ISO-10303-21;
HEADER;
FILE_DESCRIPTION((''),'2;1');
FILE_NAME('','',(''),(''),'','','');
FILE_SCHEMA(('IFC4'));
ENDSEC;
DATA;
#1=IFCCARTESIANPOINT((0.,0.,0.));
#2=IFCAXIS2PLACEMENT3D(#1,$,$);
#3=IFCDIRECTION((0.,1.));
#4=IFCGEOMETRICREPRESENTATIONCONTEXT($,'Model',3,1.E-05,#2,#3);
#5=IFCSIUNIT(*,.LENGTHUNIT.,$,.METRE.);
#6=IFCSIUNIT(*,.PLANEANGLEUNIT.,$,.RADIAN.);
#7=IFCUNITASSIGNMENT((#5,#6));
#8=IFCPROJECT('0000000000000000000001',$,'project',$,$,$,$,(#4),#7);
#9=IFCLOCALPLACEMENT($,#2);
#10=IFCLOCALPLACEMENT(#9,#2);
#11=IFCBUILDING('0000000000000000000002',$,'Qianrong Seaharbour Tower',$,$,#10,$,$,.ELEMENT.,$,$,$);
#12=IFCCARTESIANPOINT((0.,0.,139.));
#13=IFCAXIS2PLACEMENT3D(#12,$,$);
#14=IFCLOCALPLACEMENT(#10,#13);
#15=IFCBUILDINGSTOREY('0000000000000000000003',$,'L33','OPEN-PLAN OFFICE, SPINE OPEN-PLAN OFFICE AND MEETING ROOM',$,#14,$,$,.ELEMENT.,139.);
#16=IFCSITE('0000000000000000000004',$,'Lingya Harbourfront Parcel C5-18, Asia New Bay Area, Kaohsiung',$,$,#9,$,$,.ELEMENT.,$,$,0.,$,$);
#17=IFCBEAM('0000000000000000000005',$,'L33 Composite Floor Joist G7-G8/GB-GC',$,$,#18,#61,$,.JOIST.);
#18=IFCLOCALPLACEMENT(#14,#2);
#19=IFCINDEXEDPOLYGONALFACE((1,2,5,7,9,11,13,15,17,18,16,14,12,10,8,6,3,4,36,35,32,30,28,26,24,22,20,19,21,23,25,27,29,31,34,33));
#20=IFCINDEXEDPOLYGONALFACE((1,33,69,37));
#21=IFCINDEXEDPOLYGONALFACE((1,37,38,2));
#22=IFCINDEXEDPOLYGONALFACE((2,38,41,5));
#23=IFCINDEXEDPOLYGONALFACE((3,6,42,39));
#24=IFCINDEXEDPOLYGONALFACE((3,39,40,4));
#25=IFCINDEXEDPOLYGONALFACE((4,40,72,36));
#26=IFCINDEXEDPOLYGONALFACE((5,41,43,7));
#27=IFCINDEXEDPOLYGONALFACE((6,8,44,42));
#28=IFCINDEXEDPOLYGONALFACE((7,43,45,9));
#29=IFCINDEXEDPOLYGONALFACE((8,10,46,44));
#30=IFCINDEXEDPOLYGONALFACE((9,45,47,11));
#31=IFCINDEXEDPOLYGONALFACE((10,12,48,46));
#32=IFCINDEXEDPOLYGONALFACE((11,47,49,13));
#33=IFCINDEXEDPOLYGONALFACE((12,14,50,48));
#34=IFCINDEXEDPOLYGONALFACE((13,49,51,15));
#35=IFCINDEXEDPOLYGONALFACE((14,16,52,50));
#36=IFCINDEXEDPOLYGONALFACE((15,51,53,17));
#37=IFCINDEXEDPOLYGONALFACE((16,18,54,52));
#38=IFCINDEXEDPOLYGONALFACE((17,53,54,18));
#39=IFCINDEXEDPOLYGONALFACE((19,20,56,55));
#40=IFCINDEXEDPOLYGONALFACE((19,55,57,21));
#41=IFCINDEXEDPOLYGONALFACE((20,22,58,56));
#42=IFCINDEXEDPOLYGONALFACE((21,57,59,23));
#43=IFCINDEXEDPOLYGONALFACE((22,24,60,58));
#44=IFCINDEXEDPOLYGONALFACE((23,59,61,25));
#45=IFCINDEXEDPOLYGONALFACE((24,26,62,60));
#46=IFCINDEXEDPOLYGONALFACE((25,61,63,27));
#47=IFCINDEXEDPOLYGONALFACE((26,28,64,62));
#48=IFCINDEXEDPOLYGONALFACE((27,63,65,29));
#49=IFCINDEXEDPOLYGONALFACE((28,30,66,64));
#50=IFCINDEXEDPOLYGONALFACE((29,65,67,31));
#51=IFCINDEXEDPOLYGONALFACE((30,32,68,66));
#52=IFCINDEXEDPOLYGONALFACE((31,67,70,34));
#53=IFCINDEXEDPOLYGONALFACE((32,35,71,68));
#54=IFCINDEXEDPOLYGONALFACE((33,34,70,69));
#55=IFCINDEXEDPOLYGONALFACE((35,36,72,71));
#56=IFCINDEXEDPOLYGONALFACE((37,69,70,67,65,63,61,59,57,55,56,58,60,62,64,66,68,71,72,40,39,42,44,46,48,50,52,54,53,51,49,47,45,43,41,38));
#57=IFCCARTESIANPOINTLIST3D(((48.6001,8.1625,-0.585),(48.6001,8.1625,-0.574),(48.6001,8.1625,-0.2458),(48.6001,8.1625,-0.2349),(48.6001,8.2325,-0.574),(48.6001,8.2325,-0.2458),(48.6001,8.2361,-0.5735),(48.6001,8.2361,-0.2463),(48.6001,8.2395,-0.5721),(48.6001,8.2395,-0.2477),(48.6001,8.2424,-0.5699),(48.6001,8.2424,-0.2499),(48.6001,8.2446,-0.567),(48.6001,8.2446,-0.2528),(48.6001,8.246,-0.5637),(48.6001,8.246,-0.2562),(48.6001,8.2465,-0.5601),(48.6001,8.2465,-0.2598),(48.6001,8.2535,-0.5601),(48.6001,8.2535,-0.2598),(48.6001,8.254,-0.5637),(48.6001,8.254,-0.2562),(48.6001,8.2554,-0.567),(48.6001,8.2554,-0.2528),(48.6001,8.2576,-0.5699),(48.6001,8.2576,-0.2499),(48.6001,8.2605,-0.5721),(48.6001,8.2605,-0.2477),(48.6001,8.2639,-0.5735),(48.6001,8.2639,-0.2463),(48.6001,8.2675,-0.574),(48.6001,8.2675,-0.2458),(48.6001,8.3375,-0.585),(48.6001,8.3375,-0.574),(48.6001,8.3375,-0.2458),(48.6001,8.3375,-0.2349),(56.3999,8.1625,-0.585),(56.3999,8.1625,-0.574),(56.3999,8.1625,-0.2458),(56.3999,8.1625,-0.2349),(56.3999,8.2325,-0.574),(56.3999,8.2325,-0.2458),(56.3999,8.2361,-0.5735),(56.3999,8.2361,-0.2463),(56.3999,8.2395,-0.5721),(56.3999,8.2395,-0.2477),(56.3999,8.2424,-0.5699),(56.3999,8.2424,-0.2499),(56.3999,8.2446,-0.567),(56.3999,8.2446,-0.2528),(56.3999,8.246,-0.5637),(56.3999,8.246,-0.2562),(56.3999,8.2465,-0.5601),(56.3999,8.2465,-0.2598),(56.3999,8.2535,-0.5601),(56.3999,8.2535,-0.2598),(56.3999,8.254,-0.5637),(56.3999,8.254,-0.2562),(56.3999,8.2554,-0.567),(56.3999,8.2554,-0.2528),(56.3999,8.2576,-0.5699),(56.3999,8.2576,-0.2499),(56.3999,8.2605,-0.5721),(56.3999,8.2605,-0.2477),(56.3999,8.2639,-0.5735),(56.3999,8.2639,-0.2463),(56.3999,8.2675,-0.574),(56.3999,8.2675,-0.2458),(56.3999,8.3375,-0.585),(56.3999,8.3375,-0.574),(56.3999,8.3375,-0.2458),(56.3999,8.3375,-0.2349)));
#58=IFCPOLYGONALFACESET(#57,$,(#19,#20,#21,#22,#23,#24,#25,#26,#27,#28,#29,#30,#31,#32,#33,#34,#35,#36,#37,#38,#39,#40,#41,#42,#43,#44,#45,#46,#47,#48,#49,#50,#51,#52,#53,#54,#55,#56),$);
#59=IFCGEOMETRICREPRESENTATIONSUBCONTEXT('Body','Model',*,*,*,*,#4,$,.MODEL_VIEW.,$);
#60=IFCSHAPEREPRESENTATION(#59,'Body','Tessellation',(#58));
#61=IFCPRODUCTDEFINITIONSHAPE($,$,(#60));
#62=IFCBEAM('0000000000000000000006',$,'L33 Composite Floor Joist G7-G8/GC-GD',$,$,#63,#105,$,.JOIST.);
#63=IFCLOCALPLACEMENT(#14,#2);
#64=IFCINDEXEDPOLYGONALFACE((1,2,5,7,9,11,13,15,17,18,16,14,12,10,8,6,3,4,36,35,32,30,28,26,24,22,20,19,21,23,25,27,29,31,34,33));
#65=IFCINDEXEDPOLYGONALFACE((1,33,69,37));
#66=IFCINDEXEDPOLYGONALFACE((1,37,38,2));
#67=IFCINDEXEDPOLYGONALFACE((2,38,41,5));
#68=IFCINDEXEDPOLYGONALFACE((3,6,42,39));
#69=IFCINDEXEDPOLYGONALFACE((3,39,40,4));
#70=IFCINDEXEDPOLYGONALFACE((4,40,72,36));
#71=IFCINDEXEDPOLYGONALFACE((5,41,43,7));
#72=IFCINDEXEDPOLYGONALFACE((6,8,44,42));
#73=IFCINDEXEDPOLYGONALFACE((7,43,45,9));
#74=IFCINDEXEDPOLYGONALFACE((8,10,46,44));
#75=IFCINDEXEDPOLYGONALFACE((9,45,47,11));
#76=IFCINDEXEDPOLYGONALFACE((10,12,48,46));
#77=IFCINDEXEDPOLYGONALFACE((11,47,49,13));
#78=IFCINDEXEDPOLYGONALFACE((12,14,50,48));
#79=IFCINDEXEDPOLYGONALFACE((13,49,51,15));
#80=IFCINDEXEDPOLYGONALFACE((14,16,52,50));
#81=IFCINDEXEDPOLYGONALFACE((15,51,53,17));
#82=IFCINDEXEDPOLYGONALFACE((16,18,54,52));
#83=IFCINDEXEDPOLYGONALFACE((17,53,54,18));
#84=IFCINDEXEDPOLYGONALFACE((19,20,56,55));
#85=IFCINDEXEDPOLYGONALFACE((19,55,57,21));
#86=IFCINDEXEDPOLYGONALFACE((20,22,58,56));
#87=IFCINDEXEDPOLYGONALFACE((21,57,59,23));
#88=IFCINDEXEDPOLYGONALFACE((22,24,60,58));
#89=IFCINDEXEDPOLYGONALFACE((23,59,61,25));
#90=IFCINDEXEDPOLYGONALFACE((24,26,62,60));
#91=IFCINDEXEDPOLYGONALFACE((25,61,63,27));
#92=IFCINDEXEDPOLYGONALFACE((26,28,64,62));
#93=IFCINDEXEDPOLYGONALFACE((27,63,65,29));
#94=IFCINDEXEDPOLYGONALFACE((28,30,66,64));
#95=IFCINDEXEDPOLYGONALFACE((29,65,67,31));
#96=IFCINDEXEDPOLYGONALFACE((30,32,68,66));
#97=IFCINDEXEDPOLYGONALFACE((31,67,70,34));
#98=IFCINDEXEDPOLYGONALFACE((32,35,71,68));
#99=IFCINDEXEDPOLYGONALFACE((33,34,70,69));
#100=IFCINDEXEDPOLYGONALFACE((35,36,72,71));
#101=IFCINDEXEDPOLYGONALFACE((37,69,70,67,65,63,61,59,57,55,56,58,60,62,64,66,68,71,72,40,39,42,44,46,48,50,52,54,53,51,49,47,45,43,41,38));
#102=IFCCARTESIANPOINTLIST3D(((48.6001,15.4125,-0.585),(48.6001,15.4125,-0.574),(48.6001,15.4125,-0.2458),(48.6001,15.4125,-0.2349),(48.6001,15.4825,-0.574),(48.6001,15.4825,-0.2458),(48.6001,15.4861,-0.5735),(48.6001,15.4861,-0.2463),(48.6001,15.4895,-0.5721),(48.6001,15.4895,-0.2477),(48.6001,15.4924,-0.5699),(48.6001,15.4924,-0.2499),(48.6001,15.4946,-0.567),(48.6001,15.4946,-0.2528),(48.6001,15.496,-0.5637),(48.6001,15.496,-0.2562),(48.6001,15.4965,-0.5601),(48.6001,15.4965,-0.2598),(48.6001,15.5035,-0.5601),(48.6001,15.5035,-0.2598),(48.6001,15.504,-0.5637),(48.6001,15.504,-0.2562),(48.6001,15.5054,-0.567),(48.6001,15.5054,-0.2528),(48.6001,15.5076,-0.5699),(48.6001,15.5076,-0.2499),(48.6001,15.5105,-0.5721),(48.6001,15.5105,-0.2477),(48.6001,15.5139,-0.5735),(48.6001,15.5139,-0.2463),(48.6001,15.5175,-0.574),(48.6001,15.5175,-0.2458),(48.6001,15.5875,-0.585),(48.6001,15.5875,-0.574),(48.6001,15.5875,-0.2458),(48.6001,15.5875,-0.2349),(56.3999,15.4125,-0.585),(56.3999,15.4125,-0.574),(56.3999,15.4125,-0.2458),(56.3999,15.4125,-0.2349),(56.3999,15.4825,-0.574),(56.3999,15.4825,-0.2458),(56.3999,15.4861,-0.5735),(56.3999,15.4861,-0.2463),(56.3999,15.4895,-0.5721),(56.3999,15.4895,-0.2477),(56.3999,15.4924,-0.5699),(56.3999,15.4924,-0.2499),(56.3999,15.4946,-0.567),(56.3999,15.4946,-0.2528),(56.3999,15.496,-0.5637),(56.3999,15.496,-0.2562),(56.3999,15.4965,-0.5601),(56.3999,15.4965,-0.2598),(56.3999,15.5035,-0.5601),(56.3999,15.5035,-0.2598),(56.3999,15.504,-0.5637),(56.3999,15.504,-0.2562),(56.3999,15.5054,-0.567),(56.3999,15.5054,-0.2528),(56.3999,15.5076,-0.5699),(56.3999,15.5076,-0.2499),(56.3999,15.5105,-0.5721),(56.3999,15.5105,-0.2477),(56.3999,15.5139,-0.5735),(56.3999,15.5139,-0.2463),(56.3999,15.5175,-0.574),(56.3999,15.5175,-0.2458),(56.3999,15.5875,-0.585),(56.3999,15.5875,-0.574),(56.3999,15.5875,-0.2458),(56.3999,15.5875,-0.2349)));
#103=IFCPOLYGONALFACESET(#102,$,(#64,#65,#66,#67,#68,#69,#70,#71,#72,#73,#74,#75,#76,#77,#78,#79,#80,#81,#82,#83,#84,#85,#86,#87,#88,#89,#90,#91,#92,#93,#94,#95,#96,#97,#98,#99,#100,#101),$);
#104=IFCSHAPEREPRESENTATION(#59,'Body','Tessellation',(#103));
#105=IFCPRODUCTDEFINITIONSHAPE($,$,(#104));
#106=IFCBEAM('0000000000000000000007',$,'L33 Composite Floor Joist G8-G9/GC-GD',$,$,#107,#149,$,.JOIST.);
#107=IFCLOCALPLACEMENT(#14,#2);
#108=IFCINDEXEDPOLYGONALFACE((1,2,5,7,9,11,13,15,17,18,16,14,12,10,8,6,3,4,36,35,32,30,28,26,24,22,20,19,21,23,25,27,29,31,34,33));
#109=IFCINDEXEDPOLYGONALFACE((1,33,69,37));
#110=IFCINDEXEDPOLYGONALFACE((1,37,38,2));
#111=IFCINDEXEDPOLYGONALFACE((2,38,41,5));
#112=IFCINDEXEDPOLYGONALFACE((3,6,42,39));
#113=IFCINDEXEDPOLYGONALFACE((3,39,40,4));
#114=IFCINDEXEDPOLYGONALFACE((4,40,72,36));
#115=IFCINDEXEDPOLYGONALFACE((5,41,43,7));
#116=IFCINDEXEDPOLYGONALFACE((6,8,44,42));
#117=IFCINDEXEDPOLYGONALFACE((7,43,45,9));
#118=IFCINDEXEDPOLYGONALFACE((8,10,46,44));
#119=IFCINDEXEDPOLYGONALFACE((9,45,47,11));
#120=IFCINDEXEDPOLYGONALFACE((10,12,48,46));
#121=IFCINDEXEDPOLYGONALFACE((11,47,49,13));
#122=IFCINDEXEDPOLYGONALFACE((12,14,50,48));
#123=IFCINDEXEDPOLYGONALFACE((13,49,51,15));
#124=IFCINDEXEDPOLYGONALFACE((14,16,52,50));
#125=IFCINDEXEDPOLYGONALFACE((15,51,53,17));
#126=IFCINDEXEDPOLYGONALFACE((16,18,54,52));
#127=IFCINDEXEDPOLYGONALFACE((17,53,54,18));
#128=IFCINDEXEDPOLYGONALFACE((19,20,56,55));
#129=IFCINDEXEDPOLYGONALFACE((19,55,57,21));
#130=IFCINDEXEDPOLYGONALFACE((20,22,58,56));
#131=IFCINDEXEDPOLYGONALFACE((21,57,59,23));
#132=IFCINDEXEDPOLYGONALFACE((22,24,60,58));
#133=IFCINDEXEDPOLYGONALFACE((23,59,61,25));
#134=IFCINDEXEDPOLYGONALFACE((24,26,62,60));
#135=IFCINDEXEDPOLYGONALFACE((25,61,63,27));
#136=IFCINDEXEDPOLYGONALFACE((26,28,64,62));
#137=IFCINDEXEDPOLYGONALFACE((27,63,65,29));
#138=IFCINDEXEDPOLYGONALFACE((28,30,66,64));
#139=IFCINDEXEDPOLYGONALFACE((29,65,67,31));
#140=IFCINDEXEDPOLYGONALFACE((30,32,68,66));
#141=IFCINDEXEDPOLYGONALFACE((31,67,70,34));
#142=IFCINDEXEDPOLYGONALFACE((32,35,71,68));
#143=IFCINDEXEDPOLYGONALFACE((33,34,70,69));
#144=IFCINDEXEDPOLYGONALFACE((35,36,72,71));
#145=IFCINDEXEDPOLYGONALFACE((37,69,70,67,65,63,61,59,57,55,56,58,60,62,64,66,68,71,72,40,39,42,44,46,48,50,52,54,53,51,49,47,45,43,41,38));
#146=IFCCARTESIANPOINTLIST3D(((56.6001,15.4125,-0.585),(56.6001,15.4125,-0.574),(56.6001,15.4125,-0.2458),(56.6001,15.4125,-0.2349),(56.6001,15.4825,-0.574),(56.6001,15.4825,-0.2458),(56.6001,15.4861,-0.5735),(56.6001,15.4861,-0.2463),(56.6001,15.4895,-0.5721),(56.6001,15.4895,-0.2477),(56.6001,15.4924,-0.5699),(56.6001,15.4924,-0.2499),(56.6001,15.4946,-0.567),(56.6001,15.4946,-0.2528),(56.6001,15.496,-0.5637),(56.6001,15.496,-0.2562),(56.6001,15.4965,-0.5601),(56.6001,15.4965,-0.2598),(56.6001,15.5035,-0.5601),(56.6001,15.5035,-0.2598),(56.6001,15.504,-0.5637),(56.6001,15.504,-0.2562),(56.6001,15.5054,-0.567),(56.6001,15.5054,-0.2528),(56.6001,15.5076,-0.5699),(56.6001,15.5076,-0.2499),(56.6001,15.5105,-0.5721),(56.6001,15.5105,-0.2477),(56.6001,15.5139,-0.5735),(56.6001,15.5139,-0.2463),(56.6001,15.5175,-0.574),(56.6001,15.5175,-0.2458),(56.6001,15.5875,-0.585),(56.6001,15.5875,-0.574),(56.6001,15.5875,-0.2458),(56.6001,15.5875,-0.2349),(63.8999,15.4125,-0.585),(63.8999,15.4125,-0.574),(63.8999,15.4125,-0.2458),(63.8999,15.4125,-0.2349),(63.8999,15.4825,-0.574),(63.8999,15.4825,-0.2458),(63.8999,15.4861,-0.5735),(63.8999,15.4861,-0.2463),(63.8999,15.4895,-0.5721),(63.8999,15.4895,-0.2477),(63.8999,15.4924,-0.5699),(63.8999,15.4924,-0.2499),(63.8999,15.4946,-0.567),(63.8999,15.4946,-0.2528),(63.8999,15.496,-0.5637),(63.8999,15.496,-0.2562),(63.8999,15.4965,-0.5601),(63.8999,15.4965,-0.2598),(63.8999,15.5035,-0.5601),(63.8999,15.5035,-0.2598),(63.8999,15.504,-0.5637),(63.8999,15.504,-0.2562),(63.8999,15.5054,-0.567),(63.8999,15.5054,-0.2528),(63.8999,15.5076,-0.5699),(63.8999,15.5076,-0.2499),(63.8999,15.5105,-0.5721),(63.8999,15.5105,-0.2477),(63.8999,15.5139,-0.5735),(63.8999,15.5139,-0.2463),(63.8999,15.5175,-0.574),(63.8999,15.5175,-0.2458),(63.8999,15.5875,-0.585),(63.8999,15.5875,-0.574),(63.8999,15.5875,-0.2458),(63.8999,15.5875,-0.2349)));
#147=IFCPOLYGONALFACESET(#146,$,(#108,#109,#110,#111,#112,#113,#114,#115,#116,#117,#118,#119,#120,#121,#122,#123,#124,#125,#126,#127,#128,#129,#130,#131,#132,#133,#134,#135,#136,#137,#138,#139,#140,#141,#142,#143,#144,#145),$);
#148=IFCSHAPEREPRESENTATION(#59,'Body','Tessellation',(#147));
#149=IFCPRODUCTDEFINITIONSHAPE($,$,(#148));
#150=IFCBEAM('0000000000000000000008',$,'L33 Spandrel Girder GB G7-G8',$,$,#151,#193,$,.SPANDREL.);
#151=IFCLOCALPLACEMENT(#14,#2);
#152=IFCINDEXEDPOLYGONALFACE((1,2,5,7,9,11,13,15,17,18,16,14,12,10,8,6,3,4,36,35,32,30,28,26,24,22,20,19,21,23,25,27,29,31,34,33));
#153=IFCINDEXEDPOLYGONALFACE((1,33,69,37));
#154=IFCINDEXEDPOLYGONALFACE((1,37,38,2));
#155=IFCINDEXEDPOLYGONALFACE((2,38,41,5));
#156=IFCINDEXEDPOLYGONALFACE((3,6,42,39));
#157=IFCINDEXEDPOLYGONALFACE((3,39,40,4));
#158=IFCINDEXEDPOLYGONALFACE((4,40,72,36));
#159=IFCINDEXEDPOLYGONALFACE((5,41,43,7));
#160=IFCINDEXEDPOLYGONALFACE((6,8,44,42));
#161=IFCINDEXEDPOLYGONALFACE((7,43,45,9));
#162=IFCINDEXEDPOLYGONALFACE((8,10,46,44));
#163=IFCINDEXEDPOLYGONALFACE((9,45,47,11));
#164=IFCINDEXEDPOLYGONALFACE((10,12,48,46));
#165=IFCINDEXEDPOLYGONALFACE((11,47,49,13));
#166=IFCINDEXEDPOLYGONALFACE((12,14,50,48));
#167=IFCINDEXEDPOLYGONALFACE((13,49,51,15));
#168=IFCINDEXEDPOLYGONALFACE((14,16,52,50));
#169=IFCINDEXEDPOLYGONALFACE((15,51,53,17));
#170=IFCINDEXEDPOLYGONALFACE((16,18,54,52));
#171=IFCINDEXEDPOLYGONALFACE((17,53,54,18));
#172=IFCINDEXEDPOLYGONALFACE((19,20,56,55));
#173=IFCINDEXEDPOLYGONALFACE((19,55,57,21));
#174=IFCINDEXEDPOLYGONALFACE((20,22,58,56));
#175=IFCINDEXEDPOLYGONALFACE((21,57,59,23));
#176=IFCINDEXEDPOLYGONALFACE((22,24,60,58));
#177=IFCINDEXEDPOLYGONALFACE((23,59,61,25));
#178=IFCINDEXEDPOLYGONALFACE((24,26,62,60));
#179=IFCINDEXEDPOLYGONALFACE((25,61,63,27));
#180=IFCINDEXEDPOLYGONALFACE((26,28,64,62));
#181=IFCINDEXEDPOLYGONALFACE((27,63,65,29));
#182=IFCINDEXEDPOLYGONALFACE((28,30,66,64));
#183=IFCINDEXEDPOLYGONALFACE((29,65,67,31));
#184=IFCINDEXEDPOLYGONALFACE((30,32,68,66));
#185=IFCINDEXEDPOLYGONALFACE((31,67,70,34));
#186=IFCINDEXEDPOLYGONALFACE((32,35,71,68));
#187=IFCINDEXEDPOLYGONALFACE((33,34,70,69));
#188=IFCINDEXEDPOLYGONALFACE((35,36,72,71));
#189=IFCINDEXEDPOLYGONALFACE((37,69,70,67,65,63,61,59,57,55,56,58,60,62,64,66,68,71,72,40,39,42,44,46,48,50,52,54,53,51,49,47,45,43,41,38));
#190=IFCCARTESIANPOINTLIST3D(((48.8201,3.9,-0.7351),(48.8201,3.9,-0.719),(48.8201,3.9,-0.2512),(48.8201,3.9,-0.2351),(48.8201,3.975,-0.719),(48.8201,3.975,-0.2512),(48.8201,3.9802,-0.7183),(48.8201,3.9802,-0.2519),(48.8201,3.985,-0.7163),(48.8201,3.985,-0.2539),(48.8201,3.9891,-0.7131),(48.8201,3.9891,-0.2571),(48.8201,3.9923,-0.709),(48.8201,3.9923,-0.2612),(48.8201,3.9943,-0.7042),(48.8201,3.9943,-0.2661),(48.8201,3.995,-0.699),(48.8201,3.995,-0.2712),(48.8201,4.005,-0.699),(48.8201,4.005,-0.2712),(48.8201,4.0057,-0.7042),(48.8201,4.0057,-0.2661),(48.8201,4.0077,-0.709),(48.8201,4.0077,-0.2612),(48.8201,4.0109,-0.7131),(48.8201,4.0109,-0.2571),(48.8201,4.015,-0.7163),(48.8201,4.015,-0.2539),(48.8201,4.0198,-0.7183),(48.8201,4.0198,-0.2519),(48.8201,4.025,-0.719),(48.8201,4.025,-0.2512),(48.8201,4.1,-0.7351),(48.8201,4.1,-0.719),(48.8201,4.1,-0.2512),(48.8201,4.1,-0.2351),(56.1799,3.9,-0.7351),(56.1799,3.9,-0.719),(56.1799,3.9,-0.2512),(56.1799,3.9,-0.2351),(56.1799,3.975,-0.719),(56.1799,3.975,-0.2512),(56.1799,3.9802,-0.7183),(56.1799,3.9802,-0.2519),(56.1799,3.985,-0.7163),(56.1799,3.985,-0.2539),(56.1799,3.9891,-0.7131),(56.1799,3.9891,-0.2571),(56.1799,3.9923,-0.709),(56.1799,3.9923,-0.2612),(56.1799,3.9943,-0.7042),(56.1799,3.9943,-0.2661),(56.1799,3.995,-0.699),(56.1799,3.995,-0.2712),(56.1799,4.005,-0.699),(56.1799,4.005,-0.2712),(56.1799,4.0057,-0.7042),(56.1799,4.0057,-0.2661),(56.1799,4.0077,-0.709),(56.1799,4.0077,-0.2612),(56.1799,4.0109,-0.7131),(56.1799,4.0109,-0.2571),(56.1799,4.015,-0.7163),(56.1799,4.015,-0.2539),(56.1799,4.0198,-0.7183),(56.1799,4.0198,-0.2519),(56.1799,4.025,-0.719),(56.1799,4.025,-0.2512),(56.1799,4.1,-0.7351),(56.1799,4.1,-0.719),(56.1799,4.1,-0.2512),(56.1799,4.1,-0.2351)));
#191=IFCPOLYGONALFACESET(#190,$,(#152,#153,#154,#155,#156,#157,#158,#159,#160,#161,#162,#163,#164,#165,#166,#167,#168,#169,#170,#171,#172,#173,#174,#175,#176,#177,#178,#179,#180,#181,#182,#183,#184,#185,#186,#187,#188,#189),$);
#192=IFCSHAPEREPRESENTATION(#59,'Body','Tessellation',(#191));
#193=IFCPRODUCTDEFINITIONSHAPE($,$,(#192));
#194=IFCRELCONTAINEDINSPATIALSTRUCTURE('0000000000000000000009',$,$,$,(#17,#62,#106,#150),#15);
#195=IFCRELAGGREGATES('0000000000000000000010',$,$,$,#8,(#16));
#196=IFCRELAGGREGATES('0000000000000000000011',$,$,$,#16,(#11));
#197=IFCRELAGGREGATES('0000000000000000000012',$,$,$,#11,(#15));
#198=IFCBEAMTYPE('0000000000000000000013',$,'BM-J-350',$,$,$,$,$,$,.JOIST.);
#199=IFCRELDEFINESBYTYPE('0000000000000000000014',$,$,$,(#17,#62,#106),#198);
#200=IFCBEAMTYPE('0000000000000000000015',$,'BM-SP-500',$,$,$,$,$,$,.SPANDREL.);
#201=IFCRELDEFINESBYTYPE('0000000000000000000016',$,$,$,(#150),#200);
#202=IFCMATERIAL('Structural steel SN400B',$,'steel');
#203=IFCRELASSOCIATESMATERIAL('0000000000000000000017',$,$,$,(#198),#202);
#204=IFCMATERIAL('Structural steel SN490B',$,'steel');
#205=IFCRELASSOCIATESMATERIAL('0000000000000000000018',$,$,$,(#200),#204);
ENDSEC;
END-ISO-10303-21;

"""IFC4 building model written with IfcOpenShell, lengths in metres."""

from ifc_helpers import new_model, si_unit, direction, frame, origin, origin_2d, place, context, subcontext, project, spatial, i_section, extrude, material, material_profile, profile_set, type_object, element, save


model = new_model("IFC4")

# Units and contexts
model_context = context("Model", 3, precision=1e-05, world=origin(), true_north=direction((0.0, 1.0)))
body_context = subcontext(model_context, "Body", "Model", "MODEL_VIEW")
ifc_project = project(units=[si_unit("LENGTHUNIT", "METRE"), si_unit("PLANEANGLEUNIT", "RADIAN")], contexts=[model_context])

# Site, building, storey
site_placement = place(None, origin())
site = spatial("IfcSite", under=ifc_project, at=site_placement, Name="Lingya Harbourfront Parcel C5-18, Asia New Bay Area, Kaohsiung", CompositionType="ELEMENT", RefElevation=0.0)
building_placement = place(site_placement, origin())
building = spatial("IfcBuilding", under=site, at=building_placement, Name="Qianrong Seaharbour Tower", CompositionType="ELEMENT")
storey_placement = place(building_placement, frame((0.0, 0.0, 139.0)))
storey = spatial("IfcBuildingStorey", under=building, at=storey_placement, Name="L33", Description="OPEN-PLAN OFFICE, SPINE OPEN-PLAN OFFICE AND MEETING ROOM", CompositionType="ELEMENT", Elevation=139.0)

# Shared definitions
ifc_material_1 = material(Name="Structural steel SN490B", Category="steel")

# Beams
ifc_material_2 = material(Name="Structural steel SN400B", Category="steel")
ifc_material_profile_1 = material_profile(ifc_material_2, i_section(OverallWidth=0.175, OverallDepth=0.3501, WebThickness=0.0071, FlangeThickness=0.011, FilletRadius=0.0139, at=origin_2d()), Name="H350x175x7x11")
ifc_profile_set_1 = profile_set([ifc_material_profile_1], Name="Structural steel SN400B")
beam_type_1 = type_object("IfcBeamType", Name="BM-J-350", PredefinedType="JOIST", material=ifc_profile_set_1)
for number, where, z_axis, x_axis, name in (
    (1, (48.6001, 8.25, -0.4099), (1.0, 0.0, 0.0), (0.0, 1.0, 0.0), "L33 Composite Floor Joist G7-G8/GB-GC"),
    (2, (48.6001, 15.5, -0.4099), (1.0, 0.0, 0.0), (0.0, 1.0, 0.0), "L33 Composite Floor Joist G7-G8/GC-GD"),
):
    element("IfcBeam", number, at=place(storey_placement, frame(where, z_axis=z_axis, x_axis=x_axis)), inside=storey, type_object=beam_type_1, Name=name, PredefinedType="JOIST", context=body_context, shape_type="SweptSolid", body=[
        extrude(i_section(OverallWidth=0.175, OverallDepth=0.3501, WebThickness=0.0071, FlangeThickness=0.011, FilletRadius=0.0139, at=origin_2d()), origin(), (0.0, 0.0, 1.0), 7.7998),
    ])
beam_1_placement = place(storey_placement, frame((56.6001, 15.5, -0.4099), z_axis=(1.0, 0.0, 0.0), x_axis=(0.0, 1.0, 0.0)))
element("IfcBeam", 3, at=beam_1_placement, inside=storey, type_object=beam_type_1, Name="L33 Composite Floor Joist G8-G9/GC-GD", PredefinedType="JOIST", context=body_context, shape_type="SweptSolid", body=[
    extrude(i_section(OverallWidth=0.175, OverallDepth=0.3501, WebThickness=0.0071, FlangeThickness=0.011, FilletRadius=0.0139, at=origin_2d()), origin(), (0.0, 0.0, 1.0), 7.2998),
])
ifc_material_profile_2 = material_profile(ifc_material_1, i_section(OverallWidth=0.2, OverallDepth=0.5, WebThickness=0.01, FlangeThickness=0.0161, FilletRadius=0.02, at=origin_2d()), Name="H500x200x10x16")
ifc_profile_set_2 = profile_set([ifc_material_profile_2], Name="Structural steel SN490B")
beam_type_2 = type_object("IfcBeamType", Name="BM-SP-500", PredefinedType="SPANDREL", material=ifc_profile_set_2)
beam_2_placement = place(storey_placement, frame((48.8201, 4.0, -0.4851), z_axis=(1.0, 0.0, 0.0), x_axis=(0.0, 1.0, 0.0)))
element("IfcBeam", 4, at=beam_2_placement, inside=storey, type_object=beam_type_2, Name="L33 Spandrel Girder GB G7-G8", PredefinedType="SPANDREL", context=body_context, shape_type="SweptSolid", body=[
    extrude(i_section(OverallWidth=0.2, OverallDepth=0.5, WebThickness=0.01, FlangeThickness=0.0161, FilletRadius=0.02, at=origin_2d()), origin(), (0.0, 0.0, 1.0), 7.3599),
])

save(model, "model.ifc")
